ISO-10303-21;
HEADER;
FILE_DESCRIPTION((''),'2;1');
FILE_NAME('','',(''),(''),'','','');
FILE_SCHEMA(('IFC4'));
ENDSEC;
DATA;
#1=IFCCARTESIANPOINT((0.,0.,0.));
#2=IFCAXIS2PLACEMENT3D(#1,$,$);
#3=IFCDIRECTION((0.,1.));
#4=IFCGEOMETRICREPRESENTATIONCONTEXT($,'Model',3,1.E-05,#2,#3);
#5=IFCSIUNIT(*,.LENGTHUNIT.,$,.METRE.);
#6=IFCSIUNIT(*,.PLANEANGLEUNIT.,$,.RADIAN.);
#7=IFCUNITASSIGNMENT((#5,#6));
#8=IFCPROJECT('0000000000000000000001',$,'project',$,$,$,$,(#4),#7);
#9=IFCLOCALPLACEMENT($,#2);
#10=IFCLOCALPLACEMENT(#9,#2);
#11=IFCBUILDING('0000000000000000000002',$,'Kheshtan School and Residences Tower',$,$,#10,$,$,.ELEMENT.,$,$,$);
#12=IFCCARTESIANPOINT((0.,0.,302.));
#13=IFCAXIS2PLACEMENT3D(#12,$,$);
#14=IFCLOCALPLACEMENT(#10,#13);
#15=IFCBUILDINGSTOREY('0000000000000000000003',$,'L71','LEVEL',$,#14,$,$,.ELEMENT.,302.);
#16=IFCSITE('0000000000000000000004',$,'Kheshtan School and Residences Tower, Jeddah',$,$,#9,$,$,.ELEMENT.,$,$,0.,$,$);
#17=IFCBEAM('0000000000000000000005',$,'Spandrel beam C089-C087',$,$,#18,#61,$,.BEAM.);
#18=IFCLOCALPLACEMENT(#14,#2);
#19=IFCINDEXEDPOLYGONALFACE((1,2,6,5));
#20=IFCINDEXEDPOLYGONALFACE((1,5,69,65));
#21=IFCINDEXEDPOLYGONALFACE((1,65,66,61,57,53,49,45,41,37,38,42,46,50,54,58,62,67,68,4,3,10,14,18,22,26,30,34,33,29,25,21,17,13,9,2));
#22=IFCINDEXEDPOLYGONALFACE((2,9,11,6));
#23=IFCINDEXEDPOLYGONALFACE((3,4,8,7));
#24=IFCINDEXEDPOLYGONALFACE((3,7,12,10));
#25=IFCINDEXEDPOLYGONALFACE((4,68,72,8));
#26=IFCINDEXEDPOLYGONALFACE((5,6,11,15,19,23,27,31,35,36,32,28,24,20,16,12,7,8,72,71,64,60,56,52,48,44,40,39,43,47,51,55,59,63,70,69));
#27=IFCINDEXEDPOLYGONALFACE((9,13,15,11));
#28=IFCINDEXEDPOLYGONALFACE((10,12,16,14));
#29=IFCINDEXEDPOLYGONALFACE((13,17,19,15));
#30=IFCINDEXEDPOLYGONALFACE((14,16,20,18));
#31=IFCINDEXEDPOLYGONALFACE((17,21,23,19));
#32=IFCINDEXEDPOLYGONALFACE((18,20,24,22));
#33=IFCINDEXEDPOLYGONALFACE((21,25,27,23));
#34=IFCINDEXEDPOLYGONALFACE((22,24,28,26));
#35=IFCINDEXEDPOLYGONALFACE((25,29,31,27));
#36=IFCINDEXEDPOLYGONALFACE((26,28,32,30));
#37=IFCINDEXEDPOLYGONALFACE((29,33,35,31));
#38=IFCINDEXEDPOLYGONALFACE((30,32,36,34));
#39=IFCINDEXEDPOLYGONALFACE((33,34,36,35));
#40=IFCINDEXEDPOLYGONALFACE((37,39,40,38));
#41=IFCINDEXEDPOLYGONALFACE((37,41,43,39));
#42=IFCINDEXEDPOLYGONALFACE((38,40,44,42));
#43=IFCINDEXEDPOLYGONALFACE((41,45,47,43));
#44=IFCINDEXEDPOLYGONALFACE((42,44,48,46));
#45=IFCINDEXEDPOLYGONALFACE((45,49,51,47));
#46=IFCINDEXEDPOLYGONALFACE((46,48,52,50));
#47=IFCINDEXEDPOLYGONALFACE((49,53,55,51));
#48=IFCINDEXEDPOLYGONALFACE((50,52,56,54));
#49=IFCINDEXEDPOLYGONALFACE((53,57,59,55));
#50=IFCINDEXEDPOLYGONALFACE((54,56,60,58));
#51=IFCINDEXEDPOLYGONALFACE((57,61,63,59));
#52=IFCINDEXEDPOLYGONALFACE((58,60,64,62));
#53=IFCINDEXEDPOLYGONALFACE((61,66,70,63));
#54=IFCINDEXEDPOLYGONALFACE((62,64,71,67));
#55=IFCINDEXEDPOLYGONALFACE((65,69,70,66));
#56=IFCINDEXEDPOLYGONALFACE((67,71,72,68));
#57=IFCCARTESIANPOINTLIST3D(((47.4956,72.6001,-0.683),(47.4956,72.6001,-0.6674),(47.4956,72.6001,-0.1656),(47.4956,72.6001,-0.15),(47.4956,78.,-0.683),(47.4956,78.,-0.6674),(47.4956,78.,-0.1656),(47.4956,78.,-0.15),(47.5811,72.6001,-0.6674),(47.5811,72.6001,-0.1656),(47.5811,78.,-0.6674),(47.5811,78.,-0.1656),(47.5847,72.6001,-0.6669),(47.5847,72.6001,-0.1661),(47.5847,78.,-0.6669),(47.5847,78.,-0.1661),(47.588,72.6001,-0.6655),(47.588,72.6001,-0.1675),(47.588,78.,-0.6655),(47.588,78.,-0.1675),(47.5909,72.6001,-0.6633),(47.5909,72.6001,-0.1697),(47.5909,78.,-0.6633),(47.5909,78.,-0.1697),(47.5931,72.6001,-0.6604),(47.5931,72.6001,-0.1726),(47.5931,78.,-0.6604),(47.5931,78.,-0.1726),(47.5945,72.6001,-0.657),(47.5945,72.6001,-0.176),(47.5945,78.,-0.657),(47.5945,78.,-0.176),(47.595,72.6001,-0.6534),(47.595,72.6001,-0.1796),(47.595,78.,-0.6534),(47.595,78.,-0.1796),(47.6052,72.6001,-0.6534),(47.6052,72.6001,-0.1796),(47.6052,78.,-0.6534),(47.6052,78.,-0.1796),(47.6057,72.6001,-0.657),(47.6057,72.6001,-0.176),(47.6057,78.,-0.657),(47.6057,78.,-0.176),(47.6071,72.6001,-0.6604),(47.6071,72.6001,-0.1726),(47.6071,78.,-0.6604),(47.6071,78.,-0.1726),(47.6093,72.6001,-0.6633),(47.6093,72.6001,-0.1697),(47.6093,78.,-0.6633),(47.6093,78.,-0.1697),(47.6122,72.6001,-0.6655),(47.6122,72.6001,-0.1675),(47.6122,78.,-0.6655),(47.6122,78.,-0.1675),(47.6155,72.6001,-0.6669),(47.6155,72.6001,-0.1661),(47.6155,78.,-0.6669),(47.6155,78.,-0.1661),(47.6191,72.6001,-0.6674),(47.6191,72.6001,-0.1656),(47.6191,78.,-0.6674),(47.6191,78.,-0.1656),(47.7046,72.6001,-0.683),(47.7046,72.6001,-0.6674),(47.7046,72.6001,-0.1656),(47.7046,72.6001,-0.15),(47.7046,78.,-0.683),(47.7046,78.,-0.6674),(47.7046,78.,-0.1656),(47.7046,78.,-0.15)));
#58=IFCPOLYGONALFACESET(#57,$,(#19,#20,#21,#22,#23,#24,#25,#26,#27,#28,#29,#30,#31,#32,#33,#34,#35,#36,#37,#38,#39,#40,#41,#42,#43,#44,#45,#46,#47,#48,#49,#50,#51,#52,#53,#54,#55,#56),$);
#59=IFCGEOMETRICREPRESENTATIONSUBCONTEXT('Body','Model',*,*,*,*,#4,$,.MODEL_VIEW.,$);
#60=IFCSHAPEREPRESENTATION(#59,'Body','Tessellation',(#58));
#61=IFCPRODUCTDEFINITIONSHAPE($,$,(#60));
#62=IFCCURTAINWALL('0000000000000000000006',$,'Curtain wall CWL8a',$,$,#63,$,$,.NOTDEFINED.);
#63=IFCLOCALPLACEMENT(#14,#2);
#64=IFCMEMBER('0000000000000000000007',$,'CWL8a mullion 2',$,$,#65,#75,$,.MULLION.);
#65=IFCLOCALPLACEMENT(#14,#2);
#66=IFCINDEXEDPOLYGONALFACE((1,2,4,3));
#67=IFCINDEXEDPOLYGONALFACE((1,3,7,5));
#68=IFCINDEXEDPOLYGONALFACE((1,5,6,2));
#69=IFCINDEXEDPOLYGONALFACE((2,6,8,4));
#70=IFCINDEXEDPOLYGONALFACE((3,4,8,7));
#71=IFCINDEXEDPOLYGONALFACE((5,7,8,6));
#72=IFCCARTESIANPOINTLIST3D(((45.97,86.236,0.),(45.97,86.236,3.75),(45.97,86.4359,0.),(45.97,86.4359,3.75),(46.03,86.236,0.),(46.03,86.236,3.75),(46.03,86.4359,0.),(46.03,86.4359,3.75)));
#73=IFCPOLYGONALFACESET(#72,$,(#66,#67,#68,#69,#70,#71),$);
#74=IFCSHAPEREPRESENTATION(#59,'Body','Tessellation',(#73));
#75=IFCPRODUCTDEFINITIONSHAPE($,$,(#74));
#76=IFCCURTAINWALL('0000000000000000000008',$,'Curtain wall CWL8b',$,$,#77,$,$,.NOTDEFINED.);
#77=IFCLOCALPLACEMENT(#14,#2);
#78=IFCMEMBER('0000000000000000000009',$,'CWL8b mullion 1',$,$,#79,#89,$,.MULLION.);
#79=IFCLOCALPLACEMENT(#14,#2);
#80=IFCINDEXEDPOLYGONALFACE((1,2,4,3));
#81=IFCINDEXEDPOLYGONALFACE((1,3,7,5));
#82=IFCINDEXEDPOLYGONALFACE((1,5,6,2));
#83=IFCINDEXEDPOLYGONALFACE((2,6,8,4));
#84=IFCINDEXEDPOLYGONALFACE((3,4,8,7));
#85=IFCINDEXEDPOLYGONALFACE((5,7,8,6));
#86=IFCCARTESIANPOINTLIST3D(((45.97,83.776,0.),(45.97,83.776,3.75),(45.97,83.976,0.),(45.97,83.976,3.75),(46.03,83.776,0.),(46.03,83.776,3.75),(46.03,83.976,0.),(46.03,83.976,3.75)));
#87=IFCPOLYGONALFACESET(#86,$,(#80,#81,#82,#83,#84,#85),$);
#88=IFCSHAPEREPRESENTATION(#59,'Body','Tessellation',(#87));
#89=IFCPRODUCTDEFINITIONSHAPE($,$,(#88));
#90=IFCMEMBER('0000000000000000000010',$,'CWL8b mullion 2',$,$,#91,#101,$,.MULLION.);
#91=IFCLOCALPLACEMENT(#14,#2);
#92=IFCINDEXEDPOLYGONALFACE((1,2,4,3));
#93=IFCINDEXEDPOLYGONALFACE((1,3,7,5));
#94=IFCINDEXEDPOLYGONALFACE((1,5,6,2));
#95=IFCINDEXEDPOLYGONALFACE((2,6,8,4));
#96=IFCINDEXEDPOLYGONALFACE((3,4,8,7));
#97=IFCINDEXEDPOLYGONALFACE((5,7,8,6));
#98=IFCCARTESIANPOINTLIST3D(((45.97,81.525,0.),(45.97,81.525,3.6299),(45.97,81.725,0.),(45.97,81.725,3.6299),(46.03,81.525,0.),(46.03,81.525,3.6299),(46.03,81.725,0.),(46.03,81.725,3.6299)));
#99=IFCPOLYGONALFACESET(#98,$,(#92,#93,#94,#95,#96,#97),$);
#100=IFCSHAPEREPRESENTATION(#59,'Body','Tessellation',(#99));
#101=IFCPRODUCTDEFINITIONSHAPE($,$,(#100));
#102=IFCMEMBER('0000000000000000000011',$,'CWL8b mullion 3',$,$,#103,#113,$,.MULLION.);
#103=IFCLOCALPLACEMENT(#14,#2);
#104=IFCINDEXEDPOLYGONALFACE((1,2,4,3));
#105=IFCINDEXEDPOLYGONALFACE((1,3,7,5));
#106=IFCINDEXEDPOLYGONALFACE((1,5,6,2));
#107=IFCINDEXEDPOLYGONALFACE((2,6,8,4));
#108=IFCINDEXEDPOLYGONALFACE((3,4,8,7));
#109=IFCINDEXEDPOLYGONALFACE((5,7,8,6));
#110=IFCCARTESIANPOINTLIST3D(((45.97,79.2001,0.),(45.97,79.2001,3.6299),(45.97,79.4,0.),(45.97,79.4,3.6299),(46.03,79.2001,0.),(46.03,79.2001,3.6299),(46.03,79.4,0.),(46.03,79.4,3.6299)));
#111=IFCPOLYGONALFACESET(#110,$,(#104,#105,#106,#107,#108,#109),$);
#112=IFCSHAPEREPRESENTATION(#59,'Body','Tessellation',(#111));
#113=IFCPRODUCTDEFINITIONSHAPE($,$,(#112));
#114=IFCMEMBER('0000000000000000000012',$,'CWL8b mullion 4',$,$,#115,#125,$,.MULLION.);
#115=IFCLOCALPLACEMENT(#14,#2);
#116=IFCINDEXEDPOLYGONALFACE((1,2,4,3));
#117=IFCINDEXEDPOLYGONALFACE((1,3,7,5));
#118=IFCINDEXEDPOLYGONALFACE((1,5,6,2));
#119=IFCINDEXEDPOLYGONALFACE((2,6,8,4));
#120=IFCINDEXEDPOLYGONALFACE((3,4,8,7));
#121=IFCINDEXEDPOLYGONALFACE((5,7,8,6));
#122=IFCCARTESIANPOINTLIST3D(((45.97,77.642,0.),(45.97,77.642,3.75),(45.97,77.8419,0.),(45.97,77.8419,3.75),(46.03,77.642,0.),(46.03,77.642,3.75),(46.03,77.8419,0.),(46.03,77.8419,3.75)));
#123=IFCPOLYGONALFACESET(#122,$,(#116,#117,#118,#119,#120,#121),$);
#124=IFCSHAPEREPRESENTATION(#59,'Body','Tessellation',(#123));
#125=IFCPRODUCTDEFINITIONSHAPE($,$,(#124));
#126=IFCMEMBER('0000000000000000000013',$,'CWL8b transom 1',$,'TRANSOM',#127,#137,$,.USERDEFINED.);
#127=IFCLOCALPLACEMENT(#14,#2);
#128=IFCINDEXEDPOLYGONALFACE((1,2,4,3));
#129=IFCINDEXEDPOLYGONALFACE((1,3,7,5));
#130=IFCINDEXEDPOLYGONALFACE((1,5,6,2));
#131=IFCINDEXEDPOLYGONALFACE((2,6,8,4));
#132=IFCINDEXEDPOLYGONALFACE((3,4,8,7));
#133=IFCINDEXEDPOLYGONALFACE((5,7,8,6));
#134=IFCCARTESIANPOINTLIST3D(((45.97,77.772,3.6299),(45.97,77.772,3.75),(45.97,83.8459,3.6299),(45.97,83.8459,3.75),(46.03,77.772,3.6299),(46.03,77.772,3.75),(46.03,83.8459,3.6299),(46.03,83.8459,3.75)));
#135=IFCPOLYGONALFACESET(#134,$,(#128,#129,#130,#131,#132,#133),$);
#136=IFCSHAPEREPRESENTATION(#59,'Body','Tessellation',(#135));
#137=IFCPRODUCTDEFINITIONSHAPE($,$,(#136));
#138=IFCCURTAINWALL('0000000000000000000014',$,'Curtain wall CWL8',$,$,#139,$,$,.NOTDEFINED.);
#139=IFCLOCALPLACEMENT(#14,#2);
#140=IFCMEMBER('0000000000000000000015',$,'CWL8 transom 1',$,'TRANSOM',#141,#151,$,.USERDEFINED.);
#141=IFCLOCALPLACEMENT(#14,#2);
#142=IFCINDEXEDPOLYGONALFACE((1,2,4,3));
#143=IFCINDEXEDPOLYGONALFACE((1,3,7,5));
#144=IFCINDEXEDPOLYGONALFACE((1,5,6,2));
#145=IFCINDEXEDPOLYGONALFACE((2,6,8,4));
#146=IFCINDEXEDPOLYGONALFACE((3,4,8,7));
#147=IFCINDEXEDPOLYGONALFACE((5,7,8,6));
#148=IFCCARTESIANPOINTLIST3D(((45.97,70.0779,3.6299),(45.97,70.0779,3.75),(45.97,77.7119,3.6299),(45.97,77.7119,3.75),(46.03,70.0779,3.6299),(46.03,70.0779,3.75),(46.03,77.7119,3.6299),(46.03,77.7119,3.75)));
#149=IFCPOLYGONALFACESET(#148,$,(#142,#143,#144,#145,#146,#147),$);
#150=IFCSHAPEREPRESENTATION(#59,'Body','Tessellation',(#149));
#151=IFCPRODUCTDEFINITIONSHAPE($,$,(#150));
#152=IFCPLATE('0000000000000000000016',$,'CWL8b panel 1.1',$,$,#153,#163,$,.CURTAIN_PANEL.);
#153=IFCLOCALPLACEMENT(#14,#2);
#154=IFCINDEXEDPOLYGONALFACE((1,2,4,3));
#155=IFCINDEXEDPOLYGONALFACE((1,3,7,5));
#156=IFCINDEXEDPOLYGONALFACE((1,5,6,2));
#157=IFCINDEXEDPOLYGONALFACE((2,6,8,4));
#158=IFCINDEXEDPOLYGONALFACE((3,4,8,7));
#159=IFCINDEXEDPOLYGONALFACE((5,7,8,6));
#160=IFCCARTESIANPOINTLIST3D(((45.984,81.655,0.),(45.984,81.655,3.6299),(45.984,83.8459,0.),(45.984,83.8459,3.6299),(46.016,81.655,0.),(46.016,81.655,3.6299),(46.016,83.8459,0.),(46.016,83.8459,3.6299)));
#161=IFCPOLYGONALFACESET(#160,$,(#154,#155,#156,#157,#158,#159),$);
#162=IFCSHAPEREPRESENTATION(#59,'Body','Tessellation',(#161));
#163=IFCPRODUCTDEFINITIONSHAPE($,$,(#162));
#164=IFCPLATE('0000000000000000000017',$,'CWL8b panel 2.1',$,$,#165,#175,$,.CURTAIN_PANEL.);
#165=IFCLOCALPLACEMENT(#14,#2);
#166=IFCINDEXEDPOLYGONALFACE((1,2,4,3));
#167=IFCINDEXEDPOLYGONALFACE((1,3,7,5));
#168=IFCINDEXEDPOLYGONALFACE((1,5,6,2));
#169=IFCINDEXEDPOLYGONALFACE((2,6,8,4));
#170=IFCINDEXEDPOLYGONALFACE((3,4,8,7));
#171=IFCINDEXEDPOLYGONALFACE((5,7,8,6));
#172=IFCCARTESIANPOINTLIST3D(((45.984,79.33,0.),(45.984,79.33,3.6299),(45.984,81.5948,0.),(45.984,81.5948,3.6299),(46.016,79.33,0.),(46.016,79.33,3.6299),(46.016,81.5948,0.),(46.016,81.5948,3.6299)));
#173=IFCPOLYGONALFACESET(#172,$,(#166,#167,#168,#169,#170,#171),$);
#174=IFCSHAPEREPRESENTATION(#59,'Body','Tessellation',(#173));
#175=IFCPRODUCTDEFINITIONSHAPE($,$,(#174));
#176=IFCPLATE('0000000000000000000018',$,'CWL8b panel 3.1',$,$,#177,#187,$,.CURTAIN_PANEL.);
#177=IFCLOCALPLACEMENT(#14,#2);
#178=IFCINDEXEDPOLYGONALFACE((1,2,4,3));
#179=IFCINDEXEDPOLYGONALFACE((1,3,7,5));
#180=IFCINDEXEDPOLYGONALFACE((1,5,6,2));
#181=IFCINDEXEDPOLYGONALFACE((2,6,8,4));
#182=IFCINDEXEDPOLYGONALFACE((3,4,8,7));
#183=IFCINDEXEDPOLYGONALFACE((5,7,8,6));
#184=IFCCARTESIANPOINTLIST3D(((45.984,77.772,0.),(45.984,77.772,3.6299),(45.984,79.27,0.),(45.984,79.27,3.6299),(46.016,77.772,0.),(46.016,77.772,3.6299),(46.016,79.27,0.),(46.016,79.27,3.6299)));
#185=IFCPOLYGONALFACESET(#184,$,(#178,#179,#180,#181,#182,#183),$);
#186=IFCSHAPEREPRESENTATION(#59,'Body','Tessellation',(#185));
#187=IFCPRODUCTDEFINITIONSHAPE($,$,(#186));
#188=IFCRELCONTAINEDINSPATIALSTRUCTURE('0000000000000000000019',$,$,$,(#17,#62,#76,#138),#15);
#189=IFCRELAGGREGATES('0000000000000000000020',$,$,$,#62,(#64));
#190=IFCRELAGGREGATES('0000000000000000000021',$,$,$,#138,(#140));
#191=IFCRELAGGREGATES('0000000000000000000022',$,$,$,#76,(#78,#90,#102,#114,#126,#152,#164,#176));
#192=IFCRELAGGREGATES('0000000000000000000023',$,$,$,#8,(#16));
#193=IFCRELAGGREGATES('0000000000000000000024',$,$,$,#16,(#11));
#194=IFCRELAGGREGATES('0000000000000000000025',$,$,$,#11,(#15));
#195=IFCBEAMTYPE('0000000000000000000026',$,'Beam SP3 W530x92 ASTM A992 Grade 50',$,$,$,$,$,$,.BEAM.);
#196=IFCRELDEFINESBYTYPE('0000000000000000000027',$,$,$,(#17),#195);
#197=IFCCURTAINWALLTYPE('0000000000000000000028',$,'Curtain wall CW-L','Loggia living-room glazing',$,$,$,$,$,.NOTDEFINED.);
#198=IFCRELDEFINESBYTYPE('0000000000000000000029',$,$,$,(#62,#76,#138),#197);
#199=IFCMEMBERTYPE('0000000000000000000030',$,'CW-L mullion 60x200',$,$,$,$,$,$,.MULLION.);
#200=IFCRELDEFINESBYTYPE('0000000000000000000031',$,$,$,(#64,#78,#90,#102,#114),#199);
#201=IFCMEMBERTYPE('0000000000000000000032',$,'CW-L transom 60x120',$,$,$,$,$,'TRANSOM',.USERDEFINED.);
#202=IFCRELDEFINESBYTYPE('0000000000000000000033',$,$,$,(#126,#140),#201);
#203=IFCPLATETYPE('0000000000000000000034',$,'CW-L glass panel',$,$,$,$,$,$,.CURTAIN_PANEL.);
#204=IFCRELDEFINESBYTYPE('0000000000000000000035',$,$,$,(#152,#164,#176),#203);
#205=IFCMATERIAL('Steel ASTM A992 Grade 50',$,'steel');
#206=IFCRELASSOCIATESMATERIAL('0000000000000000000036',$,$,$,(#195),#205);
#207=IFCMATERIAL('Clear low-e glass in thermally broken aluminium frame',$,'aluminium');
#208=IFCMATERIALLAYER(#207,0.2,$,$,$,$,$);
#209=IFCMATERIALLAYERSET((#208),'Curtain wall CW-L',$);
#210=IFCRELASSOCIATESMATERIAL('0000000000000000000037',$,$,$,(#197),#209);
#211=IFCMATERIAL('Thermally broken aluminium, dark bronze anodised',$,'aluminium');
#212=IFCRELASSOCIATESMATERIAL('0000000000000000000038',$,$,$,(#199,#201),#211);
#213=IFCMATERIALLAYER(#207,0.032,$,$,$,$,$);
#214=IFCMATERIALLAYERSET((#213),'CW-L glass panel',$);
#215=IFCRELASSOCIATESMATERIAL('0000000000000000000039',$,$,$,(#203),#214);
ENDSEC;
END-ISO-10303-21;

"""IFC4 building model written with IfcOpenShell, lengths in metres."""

from ifc_helpers import new_model, si_unit, direction, frame, origin, origin_2d, place, context, subcontext, project, spatial, rectangle, i_section, extrude, material, layer, layer_set, material_profile, profile_set, type_object, element, aggregate, save


model = new_model("IFC4")

# Units and contexts
model_context = context("Model", 3, precision=1e-05, world=origin(), true_north=direction((0.0, 1.0)))
body_context = subcontext(model_context, "Body", "Model", "MODEL_VIEW")
ifc_project = project(units=[si_unit("LENGTHUNIT", "METRE"), si_unit("PLANEANGLEUNIT", "RADIAN")], contexts=[model_context])

# Site, building, storey
site_placement = place(None, origin())
site = spatial("IfcSite", under=ifc_project, at=site_placement, Name="Kheshtan School and Residences Tower, Jeddah", CompositionType="ELEMENT", RefElevation=0.0)
building_placement = place(site_placement, origin())
building = spatial("IfcBuilding", under=site, at=building_placement, Name="Kheshtan School and Residences Tower", CompositionType="ELEMENT")
storey_placement = place(building_placement, frame((0.0, 0.0, 302.0)))
storey = spatial("IfcBuildingStorey", under=building, at=storey_placement, Name="L71", Description="LEVEL", CompositionType="ELEMENT", Elevation=302.0)

# Shared definitions
ifc_material_1 = material(Name="Steel ASTM A992 Grade 50", Category="steel")

# Beam
ifc_material_profile_1 = material_profile(ifc_material_1, i_section(OverallWidth=0.209, OverallDepth=0.533, WebThickness=0.0103, FlangeThickness=0.0156, FilletRadius=0.0139, at=origin_2d()), Name="W530x92")
ifc_profile_set_1 = profile_set([ifc_material_profile_1], Name="Steel ASTM A992 Grade 50")
beam_type_1 = type_object("IfcBeamType", Name="Beam SP3 W530x92 ASTM A992 Grade 50", PredefinedType="BEAM", material=ifc_profile_set_1)
for number, where, z_axis, x_axis, name in (
    (1, (47.6001, 78.0, -0.4165), (0.0, -1.0, 0.0), (1.0, 0.0, 0.0), "Spandrel beam C089-C087"),
):
    element("IfcBeam", number, at=place(storey_placement, frame(where, z_axis=z_axis, x_axis=x_axis)), inside=storey, type_object=beam_type_1, Name=name, PredefinedType="BEAM", context=body_context, shape_type="SweptSolid", body=[
        extrude(i_section(OverallWidth=0.209, OverallDepth=0.533, WebThickness=0.0103, FlangeThickness=0.0156, FilletRadius=0.0139, at=origin_2d()), origin(), (0.0, 0.0, 1.0), 5.3999),
    ])

# Curtain wall, member
ifc_material_2 = material(Name="Clear low-e glass in thermally broken aluminium frame", Category="aluminium")
ifc_layer_1 = layer(ifc_material_2, 0.2)
ifc_layer_set_1 = layer_set([ifc_layer_1], Name="Curtain wall CW-L")
curtain_wall_type = type_object("IfcCurtainWallType", Name="Curtain wall CW-L", Description="Loggia living-room glazing", PredefinedType="NOTDEFINED", material=ifc_layer_set_1)
curtain_wall_1_placement = place(storey_placement, origin())
curtain_wall_1 = element("IfcCurtainWall", 2, at=curtain_wall_1_placement, inside=storey, type_object=curtain_wall_type, Name="Curtain wall CWL8a", PredefinedType="NOTDEFINED")
ifc_material_3 = material(Name="Thermally broken aluminium, dark bronze anodised", Category="aluminium")
ifc_material_profile_2 = material_profile(ifc_material_3, rectangle(XDim=0.0601, YDim=0.2, at=origin_2d()), Name="CW-L mullion 60x200")
ifc_profile_set_2 = profile_set([ifc_material_profile_2], Name="Thermally broken aluminium, dark bronze anodised")
member_type_1 = type_object("IfcMemberType", Name="CW-L mullion 60x200", PredefinedType="MULLION", material=ifc_profile_set_2)
member_1_placement = place(storey_placement, frame((46.0, 86.3359, 0.0), z_axis=(0.0, 0.0, 1.0), x_axis=(1.0, 0.0, 0.0)))
member_1 = element("IfcMember", 3, at=member_1_placement, type_object=member_type_1, Name="CWL8a mullion 2", PredefinedType="MULLION", context=body_context, shape_type="SweptSolid", body=[
    extrude(rectangle(XDim=0.0601, YDim=0.2, at=origin_2d()), origin(), (0.0, 0.0, 1.0), 3.75),
])
aggregate(curtain_wall_1, [member_1])

# Curtain wall, members
curtain_wall_2_placement = place(storey_placement, origin())
curtain_wall_2 = element("IfcCurtainWall", 4, at=curtain_wall_2_placement, inside=storey, type_object=curtain_wall_type, Name="Curtain wall CWL8b", PredefinedType="NOTDEFINED")
member_2_placement = place(storey_placement, frame((46.0, 83.876, 0.0), z_axis=(0.0, 0.0, 1.0), x_axis=(1.0, 0.0, 0.0)))
member_2 = element("IfcMember", 5, at=member_2_placement, type_object=member_type_1, Name="CWL8b mullion 1", PredefinedType="MULLION", context=body_context, shape_type="SweptSolid", body=[
    extrude(rectangle(XDim=0.0601, YDim=0.2, at=origin_2d()), origin(), (0.0, 0.0, 1.0), 3.75),
])
member_3_placement = place(storey_placement, frame((46.0, 81.625, 0.0), z_axis=(0.0, 0.0, 1.0), x_axis=(1.0, 0.0, 0.0)))
member_3 = element("IfcMember", 6, at=member_3_placement, type_object=member_type_1, Name="CWL8b mullion 2", PredefinedType="MULLION", context=body_context, shape_type="SweptSolid", body=[
    extrude(rectangle(XDim=0.0601, YDim=0.2, at=origin_2d()), origin(), (0.0, 0.0, 1.0), 3.6299),
])
member_4_placement = place(storey_placement, frame((46.0, 79.3, 0.0), z_axis=(0.0, 0.0, 1.0), x_axis=(1.0, 0.0, 0.0)))
member_4 = element("IfcMember", 7, at=member_4_placement, type_object=member_type_1, Name="CWL8b mullion 3", PredefinedType="MULLION", context=body_context, shape_type="SweptSolid", body=[
    extrude(rectangle(XDim=0.0601, YDim=0.2, at=origin_2d()), origin(), (0.0, 0.0, 1.0), 3.6299),
])
member_5_placement = place(storey_placement, frame((46.0, 77.7419, 0.0), z_axis=(0.0, 0.0, 1.0), x_axis=(1.0, 0.0, 0.0)))
member_5 = element("IfcMember", 8, at=member_5_placement, type_object=member_type_1, Name="CWL8b mullion 4", PredefinedType="MULLION", context=body_context, shape_type="SweptSolid", body=[
    extrude(rectangle(XDim=0.0601, YDim=0.2, at=origin_2d()), origin(), (0.0, 0.0, 1.0), 3.75),
])
ifc_material_profile_3 = material_profile(ifc_material_3, rectangle(XDim=0.0601, YDim=0.1201, at=origin_2d()), Name="CW-L transom 60x120")
ifc_profile_set_3 = profile_set([ifc_material_profile_3], Name="Thermally broken aluminium, dark bronze anodised")
member_type_2 = type_object("IfcMemberType", Name="CW-L transom 60x120", ElementType="TRANSOM", PredefinedType="USERDEFINED", material=ifc_profile_set_3)
member_6_placement = place(storey_placement, frame((46.0, 83.8459, 3.6899), z_axis=(0.0, -1.0, 0.0), x_axis=(1.0, 0.0, 0.0)))
member_6 = element("IfcMember", 9, at=member_6_placement, type_object=member_type_2, Name="CWL8b transom 1", ObjectType="TRANSOM", PredefinedType="USERDEFINED", context=body_context, shape_type="SweptSolid", body=[
    extrude(rectangle(XDim=0.0601, YDim=0.1201, at=origin_2d()), origin(), (0.0, 0.0, 1.0), 6.074),
])

# Curtain wall, member
curtain_wall_3_placement = place(storey_placement, origin())
curtain_wall_3 = element("IfcCurtainWall", 10, at=curtain_wall_3_placement, inside=storey, type_object=curtain_wall_type, Name="Curtain wall CWL8", PredefinedType="NOTDEFINED")
member_7_placement = place(storey_placement, frame((46.0, 77.7119, 3.6899), z_axis=(0.0, -1.0, 0.0), x_axis=(1.0, 0.0, 0.0)))
member_7 = element("IfcMember", 11, at=member_7_placement, type_object=member_type_2, Name="CWL8 transom 1", ObjectType="TRANSOM", PredefinedType="USERDEFINED", context=body_context, shape_type="SweptSolid", body=[
    extrude(rectangle(XDim=0.0601, YDim=0.1201, at=origin_2d()), origin(), (0.0, 0.0, 1.0), 7.634),
])
aggregate(curtain_wall_3, [member_7])

# Plates
ifc_layer_2 = layer(ifc_material_2, 0.032)
ifc_layer_set_2 = layer_set([ifc_layer_2], Name="CW-L glass panel")
plate_type = type_object("IfcPlateType", Name="CW-L glass panel", PredefinedType="CURTAIN_PANEL", material=ifc_layer_set_2)
plate_1_placement = place(storey_placement, frame((46.0, 82.7505, 0.0), z_axis=(0.0, 0.0, 1.0), x_axis=(0.0, -1.0, 0.0)))
plate_1 = element("IfcPlate", 12, at=plate_1_placement, type_object=plate_type, Name="CWL8b panel 1.1", PredefinedType="CURTAIN_PANEL", context=body_context, shape_type="SweptSolid", body=[
    extrude(rectangle(XDim=2.1909, YDim=0.032, at=origin_2d()), origin(), (0.0, 0.0, 1.0), 3.6299),
])
plate_2_placement = place(storey_placement, frame((46.0, 80.4624, 0.0), z_axis=(0.0, 0.0, 1.0), x_axis=(0.0, -1.0, 0.0)))
plate_2 = element("IfcPlate", 13, at=plate_2_placement, type_object=plate_type, Name="CWL8b panel 2.1", PredefinedType="CURTAIN_PANEL", context=body_context, shape_type="SweptSolid", body=[
    extrude(rectangle(XDim=2.2649, YDim=0.032, at=origin_2d()), origin(), (0.0, 0.0, 1.0), 3.6299),
])
plate_3_placement = place(storey_placement, frame((46.0, 78.521, 0.0), z_axis=(0.0, 0.0, 1.0), x_axis=(0.0, -1.0, 0.0)))
plate_3 = element("IfcPlate", 14, at=plate_3_placement, type_object=plate_type, Name="CWL8b panel 3.1", PredefinedType="CURTAIN_PANEL", context=body_context, shape_type="SweptSolid", body=[
    extrude(rectangle(XDim=1.498, YDim=0.032, at=origin_2d()), origin(), (0.0, 0.0, 1.0), 3.6299),
])
aggregate(curtain_wall_2, [member_2, member_3, member_4, member_5, member_6, plate_1, plate_2, plate_3])

save(model, "model.ifc")
